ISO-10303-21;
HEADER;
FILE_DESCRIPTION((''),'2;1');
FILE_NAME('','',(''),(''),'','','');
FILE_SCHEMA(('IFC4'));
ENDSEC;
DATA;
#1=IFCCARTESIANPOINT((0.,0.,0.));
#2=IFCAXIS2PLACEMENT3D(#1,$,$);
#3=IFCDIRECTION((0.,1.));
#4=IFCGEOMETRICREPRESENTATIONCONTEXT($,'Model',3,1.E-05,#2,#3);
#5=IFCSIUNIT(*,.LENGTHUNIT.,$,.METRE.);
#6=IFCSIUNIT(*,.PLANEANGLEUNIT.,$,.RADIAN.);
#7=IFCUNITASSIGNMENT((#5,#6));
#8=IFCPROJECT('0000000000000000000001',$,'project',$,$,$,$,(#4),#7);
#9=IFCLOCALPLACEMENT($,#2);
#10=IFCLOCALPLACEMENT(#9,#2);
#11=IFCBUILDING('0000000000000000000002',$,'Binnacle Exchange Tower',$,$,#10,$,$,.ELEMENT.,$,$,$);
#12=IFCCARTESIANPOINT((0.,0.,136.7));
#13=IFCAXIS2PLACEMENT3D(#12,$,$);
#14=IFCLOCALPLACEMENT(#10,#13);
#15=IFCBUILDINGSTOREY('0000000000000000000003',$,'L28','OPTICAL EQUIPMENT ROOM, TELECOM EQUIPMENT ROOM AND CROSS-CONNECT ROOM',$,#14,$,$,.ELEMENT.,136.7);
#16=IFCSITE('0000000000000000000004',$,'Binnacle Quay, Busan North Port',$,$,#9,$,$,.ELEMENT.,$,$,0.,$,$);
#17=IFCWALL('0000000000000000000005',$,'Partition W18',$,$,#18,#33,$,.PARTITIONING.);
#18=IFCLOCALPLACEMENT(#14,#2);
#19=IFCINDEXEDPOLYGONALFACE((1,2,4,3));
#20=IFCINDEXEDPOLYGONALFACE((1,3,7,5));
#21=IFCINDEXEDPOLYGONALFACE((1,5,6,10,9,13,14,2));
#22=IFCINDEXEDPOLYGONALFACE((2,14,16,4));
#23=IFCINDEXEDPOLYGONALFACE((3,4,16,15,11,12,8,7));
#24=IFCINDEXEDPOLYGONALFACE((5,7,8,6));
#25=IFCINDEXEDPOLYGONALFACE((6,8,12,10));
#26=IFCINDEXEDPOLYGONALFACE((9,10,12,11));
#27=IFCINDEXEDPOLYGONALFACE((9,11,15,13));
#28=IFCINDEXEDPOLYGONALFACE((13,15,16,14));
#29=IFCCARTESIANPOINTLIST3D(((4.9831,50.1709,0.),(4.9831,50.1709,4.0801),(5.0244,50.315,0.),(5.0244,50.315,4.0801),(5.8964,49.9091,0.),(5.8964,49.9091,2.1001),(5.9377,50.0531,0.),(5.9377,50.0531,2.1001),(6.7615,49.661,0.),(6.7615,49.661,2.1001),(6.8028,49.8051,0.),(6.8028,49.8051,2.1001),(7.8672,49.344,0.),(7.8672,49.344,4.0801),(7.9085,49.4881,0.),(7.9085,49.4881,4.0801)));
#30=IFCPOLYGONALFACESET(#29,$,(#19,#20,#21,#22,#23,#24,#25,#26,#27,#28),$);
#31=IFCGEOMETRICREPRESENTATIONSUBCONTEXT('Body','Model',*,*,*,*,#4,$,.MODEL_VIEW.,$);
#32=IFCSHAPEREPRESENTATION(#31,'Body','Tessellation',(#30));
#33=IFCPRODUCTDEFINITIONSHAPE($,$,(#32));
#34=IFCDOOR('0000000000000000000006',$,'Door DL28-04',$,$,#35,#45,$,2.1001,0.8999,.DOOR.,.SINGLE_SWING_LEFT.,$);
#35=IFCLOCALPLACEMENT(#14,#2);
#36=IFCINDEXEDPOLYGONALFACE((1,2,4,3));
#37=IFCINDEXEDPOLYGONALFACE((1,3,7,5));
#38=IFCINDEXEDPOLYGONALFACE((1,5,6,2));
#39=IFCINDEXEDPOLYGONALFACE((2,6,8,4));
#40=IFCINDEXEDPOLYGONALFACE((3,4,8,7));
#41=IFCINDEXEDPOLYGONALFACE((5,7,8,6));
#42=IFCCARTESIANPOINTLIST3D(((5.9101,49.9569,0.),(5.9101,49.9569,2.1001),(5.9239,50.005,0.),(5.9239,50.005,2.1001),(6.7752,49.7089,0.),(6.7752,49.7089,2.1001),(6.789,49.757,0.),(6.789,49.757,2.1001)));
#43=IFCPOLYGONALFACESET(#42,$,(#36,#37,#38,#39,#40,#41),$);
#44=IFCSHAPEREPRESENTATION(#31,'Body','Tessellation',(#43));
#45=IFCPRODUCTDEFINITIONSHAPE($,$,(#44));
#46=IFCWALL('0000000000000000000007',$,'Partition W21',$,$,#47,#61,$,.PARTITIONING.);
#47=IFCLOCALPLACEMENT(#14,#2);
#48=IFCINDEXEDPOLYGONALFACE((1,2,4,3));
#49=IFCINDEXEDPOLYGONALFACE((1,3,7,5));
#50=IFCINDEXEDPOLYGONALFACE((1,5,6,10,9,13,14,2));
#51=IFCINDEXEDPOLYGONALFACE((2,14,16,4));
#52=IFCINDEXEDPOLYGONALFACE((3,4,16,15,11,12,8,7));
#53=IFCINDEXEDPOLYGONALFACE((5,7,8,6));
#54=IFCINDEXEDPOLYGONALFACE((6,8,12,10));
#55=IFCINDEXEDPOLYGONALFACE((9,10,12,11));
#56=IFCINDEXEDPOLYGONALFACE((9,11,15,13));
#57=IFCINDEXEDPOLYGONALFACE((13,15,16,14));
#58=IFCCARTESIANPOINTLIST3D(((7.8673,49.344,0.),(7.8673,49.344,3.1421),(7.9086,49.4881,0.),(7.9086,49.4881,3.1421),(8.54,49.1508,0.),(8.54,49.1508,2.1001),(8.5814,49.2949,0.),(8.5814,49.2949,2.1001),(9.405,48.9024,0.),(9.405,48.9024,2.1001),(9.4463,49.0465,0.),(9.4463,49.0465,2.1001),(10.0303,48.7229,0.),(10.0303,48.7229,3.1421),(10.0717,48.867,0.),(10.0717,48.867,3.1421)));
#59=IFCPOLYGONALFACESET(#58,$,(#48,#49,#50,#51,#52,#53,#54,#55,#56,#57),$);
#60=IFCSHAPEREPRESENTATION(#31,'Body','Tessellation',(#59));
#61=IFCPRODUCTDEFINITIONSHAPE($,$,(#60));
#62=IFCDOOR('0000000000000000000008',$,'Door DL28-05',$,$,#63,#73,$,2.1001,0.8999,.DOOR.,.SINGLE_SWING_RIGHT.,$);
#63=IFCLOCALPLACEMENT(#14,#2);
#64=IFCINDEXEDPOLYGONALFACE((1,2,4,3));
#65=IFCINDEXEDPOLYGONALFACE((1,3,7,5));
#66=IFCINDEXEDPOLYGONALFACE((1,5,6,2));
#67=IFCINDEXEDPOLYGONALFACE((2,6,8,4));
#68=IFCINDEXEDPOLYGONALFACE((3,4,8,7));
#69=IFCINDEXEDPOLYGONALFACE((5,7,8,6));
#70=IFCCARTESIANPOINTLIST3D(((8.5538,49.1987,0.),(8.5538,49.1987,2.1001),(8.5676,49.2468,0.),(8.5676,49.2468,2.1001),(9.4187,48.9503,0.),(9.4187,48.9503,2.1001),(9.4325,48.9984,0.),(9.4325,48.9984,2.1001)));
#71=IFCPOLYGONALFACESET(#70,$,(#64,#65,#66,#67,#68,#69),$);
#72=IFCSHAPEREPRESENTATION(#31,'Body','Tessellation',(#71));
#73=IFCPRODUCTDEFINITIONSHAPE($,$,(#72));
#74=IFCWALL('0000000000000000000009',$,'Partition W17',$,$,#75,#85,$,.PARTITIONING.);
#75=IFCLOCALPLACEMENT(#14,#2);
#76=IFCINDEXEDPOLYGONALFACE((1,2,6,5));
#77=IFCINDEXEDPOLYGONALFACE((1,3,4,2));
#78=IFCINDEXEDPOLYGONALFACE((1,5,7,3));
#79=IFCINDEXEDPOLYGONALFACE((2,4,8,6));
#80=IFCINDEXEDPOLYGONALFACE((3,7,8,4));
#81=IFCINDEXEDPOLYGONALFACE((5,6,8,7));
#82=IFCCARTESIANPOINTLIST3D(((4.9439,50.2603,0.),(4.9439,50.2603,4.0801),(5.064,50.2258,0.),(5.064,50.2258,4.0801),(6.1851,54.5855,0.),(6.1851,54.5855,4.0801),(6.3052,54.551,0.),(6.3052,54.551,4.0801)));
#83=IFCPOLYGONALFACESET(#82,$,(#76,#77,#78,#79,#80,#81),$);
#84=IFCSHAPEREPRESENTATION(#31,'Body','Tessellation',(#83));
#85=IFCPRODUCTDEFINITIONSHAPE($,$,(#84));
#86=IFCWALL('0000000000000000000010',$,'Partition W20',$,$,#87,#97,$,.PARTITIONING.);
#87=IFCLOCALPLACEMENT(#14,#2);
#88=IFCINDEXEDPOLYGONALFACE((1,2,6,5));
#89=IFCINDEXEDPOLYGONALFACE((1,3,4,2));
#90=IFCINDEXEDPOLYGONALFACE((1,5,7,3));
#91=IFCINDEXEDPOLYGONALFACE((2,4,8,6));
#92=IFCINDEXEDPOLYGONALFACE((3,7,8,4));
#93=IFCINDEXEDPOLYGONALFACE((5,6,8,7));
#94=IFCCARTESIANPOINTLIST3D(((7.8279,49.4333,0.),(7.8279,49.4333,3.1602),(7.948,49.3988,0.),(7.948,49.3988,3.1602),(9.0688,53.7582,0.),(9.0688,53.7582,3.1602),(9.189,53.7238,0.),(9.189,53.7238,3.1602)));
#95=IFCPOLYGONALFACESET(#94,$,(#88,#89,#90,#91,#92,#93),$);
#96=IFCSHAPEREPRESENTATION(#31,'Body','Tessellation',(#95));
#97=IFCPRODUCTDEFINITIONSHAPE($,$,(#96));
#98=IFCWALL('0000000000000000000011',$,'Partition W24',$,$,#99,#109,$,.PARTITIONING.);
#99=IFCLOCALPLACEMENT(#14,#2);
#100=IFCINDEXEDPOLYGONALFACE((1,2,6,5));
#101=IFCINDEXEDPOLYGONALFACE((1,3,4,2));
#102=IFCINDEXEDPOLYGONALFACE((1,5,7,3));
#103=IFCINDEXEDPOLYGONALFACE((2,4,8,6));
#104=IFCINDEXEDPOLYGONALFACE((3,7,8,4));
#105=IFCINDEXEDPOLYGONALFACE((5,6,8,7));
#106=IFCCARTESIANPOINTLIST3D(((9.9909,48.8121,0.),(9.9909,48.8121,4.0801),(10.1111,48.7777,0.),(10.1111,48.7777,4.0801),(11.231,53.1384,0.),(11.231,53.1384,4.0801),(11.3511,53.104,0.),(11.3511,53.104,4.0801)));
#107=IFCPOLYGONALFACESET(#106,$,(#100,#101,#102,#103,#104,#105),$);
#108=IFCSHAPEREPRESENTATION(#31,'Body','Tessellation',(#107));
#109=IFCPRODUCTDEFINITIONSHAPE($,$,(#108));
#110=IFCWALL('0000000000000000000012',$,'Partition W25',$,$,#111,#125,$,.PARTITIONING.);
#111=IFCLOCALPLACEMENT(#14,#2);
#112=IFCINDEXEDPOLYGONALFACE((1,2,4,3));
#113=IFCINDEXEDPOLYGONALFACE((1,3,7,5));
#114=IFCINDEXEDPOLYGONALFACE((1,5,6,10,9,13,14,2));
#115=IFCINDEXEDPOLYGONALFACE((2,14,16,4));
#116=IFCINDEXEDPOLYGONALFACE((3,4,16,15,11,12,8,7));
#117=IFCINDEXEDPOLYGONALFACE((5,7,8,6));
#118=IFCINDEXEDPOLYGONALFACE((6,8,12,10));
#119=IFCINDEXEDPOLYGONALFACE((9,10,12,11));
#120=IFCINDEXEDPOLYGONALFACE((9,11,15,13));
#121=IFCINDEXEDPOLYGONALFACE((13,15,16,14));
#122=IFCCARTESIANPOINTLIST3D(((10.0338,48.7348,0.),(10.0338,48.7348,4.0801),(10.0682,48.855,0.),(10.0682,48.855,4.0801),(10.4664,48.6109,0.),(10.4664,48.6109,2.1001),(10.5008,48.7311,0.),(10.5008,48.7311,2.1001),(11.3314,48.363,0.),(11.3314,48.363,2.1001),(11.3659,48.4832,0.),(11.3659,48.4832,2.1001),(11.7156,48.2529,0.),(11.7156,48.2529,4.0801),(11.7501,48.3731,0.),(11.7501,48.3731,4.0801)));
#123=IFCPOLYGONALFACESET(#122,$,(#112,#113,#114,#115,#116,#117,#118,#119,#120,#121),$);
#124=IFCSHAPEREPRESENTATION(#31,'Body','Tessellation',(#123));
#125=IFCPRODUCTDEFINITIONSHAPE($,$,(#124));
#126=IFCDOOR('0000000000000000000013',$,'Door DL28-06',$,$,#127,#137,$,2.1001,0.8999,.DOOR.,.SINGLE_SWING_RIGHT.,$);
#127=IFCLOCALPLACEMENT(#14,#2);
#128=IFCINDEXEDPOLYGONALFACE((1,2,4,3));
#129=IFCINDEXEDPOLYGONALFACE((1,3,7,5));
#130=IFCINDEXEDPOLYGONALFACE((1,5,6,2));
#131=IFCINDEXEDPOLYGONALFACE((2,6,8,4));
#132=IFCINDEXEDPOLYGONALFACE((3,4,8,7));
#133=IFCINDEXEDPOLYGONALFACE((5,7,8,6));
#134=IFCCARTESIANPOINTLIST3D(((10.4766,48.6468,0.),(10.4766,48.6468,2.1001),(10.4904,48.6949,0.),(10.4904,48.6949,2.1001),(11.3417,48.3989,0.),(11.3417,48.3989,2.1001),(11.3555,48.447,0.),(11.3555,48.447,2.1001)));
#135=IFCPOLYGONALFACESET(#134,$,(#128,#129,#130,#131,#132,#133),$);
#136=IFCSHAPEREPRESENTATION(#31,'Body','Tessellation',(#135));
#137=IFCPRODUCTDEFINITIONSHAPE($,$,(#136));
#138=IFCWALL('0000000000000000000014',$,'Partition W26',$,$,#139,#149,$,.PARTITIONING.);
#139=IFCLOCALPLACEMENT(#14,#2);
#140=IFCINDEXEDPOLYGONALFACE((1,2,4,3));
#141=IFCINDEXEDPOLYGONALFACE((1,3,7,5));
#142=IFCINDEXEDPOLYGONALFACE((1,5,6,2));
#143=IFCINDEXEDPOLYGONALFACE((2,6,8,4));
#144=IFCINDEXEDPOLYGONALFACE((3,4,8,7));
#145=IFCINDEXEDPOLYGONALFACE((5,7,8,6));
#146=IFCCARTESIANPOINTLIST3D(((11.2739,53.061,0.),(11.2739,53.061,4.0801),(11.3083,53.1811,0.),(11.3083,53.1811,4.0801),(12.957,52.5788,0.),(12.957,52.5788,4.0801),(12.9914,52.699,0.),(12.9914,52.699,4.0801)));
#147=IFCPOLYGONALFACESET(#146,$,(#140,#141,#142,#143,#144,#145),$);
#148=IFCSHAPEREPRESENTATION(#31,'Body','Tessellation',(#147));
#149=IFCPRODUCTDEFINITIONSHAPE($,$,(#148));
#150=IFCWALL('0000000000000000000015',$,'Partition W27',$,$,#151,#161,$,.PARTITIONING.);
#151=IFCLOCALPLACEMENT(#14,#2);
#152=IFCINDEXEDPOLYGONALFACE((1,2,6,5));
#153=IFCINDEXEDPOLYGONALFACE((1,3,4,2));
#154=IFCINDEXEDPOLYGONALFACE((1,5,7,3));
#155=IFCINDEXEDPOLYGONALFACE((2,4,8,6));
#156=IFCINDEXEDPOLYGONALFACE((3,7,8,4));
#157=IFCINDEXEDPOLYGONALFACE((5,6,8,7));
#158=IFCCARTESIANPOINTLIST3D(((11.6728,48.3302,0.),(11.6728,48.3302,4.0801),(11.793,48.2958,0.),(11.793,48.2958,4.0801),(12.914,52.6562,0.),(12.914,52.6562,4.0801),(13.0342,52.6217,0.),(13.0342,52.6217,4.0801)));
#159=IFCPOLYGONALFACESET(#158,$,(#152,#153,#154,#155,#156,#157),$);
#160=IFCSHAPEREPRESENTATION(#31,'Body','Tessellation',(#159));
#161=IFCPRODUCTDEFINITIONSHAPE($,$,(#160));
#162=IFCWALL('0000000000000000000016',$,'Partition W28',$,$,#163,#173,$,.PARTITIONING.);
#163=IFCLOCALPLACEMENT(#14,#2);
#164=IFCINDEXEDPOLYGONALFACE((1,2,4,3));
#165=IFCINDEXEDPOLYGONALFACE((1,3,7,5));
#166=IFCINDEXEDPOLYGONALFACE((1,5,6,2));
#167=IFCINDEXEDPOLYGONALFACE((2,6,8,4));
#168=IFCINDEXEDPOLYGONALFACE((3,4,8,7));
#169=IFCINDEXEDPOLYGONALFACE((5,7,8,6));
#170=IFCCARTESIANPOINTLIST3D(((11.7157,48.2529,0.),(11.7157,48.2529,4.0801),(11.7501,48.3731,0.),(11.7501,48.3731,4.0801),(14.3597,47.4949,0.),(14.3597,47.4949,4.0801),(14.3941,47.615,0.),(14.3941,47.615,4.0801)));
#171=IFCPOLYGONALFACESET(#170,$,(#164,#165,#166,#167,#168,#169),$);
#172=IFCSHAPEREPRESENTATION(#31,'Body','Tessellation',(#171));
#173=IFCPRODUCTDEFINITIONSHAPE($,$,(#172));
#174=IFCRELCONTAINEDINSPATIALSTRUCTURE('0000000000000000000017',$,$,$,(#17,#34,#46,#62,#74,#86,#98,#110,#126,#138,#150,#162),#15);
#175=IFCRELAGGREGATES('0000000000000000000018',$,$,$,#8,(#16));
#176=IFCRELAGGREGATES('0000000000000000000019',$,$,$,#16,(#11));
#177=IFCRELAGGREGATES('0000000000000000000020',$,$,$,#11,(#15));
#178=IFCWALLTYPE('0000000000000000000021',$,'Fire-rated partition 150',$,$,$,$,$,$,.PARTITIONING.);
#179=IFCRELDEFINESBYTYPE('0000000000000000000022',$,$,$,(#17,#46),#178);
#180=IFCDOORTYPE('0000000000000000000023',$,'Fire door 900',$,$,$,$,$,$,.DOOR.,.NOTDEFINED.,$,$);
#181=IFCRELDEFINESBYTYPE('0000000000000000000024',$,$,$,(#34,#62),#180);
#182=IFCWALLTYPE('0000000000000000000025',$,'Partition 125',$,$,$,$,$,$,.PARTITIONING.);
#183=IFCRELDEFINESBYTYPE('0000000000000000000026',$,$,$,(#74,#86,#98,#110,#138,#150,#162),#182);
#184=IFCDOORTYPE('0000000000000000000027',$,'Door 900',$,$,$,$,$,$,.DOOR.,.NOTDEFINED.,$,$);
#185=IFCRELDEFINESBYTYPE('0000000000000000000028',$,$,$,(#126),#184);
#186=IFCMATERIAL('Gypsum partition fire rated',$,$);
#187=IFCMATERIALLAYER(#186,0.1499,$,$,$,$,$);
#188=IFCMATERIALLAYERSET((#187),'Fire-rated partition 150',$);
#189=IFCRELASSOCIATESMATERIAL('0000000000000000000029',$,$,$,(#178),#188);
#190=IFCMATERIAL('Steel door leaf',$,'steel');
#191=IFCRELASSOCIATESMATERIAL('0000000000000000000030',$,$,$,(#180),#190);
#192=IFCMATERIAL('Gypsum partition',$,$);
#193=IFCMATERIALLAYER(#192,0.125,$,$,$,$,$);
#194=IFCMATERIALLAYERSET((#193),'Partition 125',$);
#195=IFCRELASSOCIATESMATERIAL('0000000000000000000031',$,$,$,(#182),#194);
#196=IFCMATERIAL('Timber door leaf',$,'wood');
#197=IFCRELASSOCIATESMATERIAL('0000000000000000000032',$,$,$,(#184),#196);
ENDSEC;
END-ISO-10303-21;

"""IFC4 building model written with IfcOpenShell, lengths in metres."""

from ifc_helpers import new_model, si_unit, direction, frame, frame_2d, origin, place, context, subcontext, project, spatial, rectangle, extrude, material, layer, layer_set, type_object, element, fill, save


model = new_model("IFC4")

# Units and contexts
model_context = context("Model", 3, precision=1e-05, world=origin(), true_north=direction((0.0, 1.0)))
body_context = subcontext(model_context, "Body", "Model", "MODEL_VIEW")
ifc_project = project(units=[si_unit("LENGTHUNIT", "METRE"), si_unit("PLANEANGLEUNIT", "RADIAN")], contexts=[model_context])

# Site, building, storey
site_placement = place(None, origin())
site = spatial("IfcSite", under=ifc_project, at=site_placement, Name="Binnacle Quay, Busan North Port", CompositionType="ELEMENT", RefElevation=0.0)
building_placement = place(site_placement, origin())
building = spatial("IfcBuilding", under=site, at=building_placement, Name="Binnacle Exchange Tower", CompositionType="ELEMENT")
storey_placement = place(building_placement, frame((0.0, 0.0, 136.7)))
storey = spatial("IfcBuildingStorey", under=building, at=storey_placement, Name="L28", Description="OPTICAL EQUIPMENT ROOM, TELECOM EQUIPMENT ROOM AND CROSS-CONNECT ROOM", CompositionType="ELEMENT", Elevation=136.7)

# Shared definitions
ifc_material_1 = material(Name="Gypsum partition fire rated")
ifc_layer_1 = layer(ifc_material_1, 0.1499)
ifc_layer_set_1 = layer_set([ifc_layer_1], Name="Fire-rated partition 150")
wall_type_1 = type_object("IfcWallType", Name="Fire-rated partition 150", PredefinedType="PARTITIONING", material=ifc_layer_set_1)

# Shared definitions
ifc_material_2 = material(Name="Steel door leaf", Category="steel")
door_type_1 = type_object("IfcDoorType", Name="Fire door 900", OperationType="NOTDEFINED", PredefinedType="DOOR", material=ifc_material_2)

# Walls, openings, doors
wall_1_placement = place(storey_placement, frame((5.0039, 50.2429, 0.0), z_axis=(0.0, 0.0, 1.0), x_axis=(0.961269, -0.275613, 0.0)))
wall_1 = element("IfcWall", 1, at=wall_1_placement, inside=storey, type_object=wall_type_1, Name="Partition W18", PredefinedType="PARTITIONING", context=body_context, shape_type="SweptSolid", body=[
    extrude(rectangle(XDim=3.0002, YDim=0.1499, at=frame_2d((1.5, 0.0))), origin(), (0.0, 0.0, 1.0), 4.0801),
])
opening_1_placement = place(wall_1_placement, frame((0.95, 0.0, 0.0)))
opening_1 = element("IfcOpeningElement", 2, at=opening_1_placement, cuts=wall_1, PredefinedType="OPENING", context=body_context, shape_type="SweptSolid", body=[
    extrude(rectangle(XDim=0.8999, YDim=2.1001, at=frame_2d((0.45, 1.05))), frame((0.0, 0.085, 0.0), z_axis=(0.0, -1.0, 0.0), x_axis=(1.0, 0.0, 0.0)), (0.0, 0.0, 1.0), 0.1699),
])
door_1_placement = place(opening_1_placement, origin())
door_1 = element("IfcDoor", 3, at=door_1_placement, inside=storey, type_object=door_type_1, Name="Door DL28-04", OperationType="SINGLE_SWING_LEFT", OverallHeight=2.1001, OverallWidth=0.8999, PredefinedType="DOOR", context=body_context, shape_type="SweptSolid", body=[
    extrude(rectangle(XDim=0.8999, YDim=2.1001, at=frame_2d((0.45, 1.05))), frame((0.0, 0.0249, 0.0), z_axis=(0.0, -1.0, 0.0), x_axis=(1.0, 0.0, 0.0)), (0.0, 0.0, 1.0), 0.05),
])
fill(opening_1, door_1)
wall_2_placement = place(storey_placement, frame((7.8879, 49.416, 0.0), z_axis=(0.0, 0.0, 1.0), x_axis=(0.961163, -0.275982, 0.0)))
wall_2 = element("IfcWall", 4, at=wall_2_placement, inside=storey, type_object=wall_type_1, Name="Partition W21", PredefinedType="PARTITIONING", context=body_context, shape_type="SweptSolid", body=[
    extrude(rectangle(XDim=2.2505, YDim=0.1499, at=frame_2d((1.1252, 0.0))), origin(), (0.0, 0.0, 1.0), 3.1421),
])
opening_2_placement = place(wall_2_placement, frame((0.7, 0.0, 0.0)))
opening_2 = element("IfcOpeningElement", 5, at=opening_2_placement, cuts=wall_2, PredefinedType="OPENING", context=body_context, shape_type="SweptSolid", body=[
    extrude(rectangle(XDim=0.8999, YDim=2.1001, at=frame_2d((0.45, 1.05))), frame((0.0, 0.085, 0.0), z_axis=(0.0, -1.0, 0.0), x_axis=(1.0, 0.0, 0.0)), (0.0, 0.0, 1.0), 0.1699),
])
door_2_placement = place(opening_2_placement, origin())
door_2 = element("IfcDoor", 6, at=door_2_placement, inside=storey, type_object=door_type_1, Name="Door DL28-05", OperationType="SINGLE_SWING_RIGHT", OverallHeight=2.1001, OverallWidth=0.8999, PredefinedType="DOOR", context=body_context, shape_type="SweptSolid", body=[
    extrude(rectangle(XDim=0.8999, YDim=2.1001, at=frame_2d((0.45, 1.05))), frame((0.0, 0.0249, 0.0), z_axis=(0.0, -1.0, 0.0), x_axis=(1.0, 0.0, 0.0)), (0.0, 0.0, 1.0), 0.05),
])
fill(opening_2, door_2)

# Walls
ifc_material_3 = material(Name="Gypsum partition")
ifc_layer_2 = layer(ifc_material_3, 0.125)
ifc_layer_set_2 = layer_set([ifc_layer_2], Name="Partition 125")
wall_type_2 = type_object("IfcWallType", Name="Partition 125", PredefinedType="PARTITIONING", material=ifc_layer_set_2)
wall_3_placement = place(storey_placement, frame((5.0039, 50.2429, 0.0), z_axis=(0.0, 0.0, 1.0), x_axis=(0.275839, 0.961204, 0.0)))
element("IfcWall", 7, at=wall_3_placement, inside=storey, type_object=wall_type_2, Name="Partition W17", PredefinedType="PARTITIONING", context=body_context, shape_type="SweptSolid", body=[
    extrude(rectangle(XDim=4.4998, YDim=0.125, at=frame_2d((2.25, 0.0))), origin(), (0.0, 0.0, 1.0), 4.0801),
])
wall_4_placement = place(storey_placement, frame((7.8879, 49.416, 0.0), z_axis=(0.0, 0.0, 1.0), x_axis=(0.275803, 0.961214, 0.0)))
element("IfcWall", 8, at=wall_4_placement, inside=storey, type_object=wall_type_2, Name="Partition W20", PredefinedType="PARTITIONING", context=body_context, shape_type="SweptSolid", body=[
    extrude(rectangle(XDim=4.4995, YDim=0.125, at=frame_2d((2.2498, 0.0))), origin(), (0.0, 0.0, 1.0), 3.1602),
])
wall_5_placement = place(storey_placement, frame((10.051, 48.7949, 0.0), z_axis=(0.0, 0.0, 1.0), x_axis=(0.275531, 0.961292, 0.0)))
element("IfcWall", 9, at=wall_5_placement, inside=storey, type_object=wall_type_2, Name="Partition W24", PredefinedType="PARTITIONING", context=body_context, shape_type="SweptSolid", body=[
    extrude(rectangle(XDim=4.5005, YDim=0.125, at=frame_2d((2.2502, 0.0))), origin(), (0.0, 0.0, 1.0), 4.0801),
])

# Wall, opening, door
wall_6_placement = place(storey_placement, frame((10.051, 48.7949, 0.0), z_axis=(0.0, 0.0, 1.0), x_axis=(0.961313, -0.275458, 0.0)))
wall_6 = element("IfcWall", 10, at=wall_6_placement, inside=storey, type_object=wall_type_2, Name="Partition W25", PredefinedType="PARTITIONING", context=body_context, shape_type="SweptSolid", body=[
    extrude(rectangle(XDim=1.7495, YDim=0.125, at=frame_2d((0.8748, 0.0))), origin(), (0.0, 0.0, 1.0), 4.0801),
])
opening_3_placement = place(wall_6_placement, frame((0.45, 0.0, 0.0)))
opening_3 = element("IfcOpeningElement", 11, at=opening_3_placement, cuts=wall_6, PredefinedType="OPENING", context=body_context, shape_type="SweptSolid", body=[
    extrude(rectangle(XDim=0.8999, YDim=2.1001, at=frame_2d((0.45, 1.05))), frame((0.0, 0.0725, 0.0), z_axis=(0.0, -1.0, 0.0), x_axis=(1.0, 0.0, 0.0)), (0.0, 0.0, 1.0), 0.145),
])
ifc_material_4 = material(Name="Timber door leaf", Category="wood")
door_type_2 = type_object("IfcDoorType", Name="Door 900", OperationType="NOTDEFINED", PredefinedType="DOOR", material=ifc_material_4)
door_3_placement = place(opening_3_placement, origin())
door_3 = element("IfcDoor", 12, at=door_3_placement, inside=storey, type_object=door_type_2, Name="Door DL28-06", OperationType="SINGLE_SWING_RIGHT", OverallHeight=2.1001, OverallWidth=0.8999, PredefinedType="DOOR", context=body_context, shape_type="SweptSolid", body=[
    extrude(rectangle(XDim=0.8999, YDim=2.1001, at=frame_2d((0.45, 1.05))), frame((0.0, 0.0249, 0.0), z_axis=(0.0, -1.0, 0.0), x_axis=(1.0, 0.0, 0.0)), (0.0, 0.0, 1.0), 0.05),
])
fill(opening_3, door_3)

# Walls
wall_7_placement = place(storey_placement, frame((11.291, 53.1211, 0.0), z_axis=(0.0, 0.0, 1.0), x_axis=(0.961329, -0.275402, 0.0)))
element("IfcWall", 13, at=wall_7_placement, inside=storey, type_object=wall_type_2, Name="Partition W26", PredefinedType="PARTITIONING", context=body_context, shape_type="SweptSolid", body=[
    extrude(rectangle(XDim=1.7507, YDim=0.125, at=frame_2d((0.8755, 0.0))), origin(), (0.0, 0.0, 1.0), 4.0801),
])
wall_8_placement = place(storey_placement, frame((11.7329, 48.313, 0.0), z_axis=(0.0, 0.0, 1.0), x_axis=(0.275796, 0.961216, 0.0)))
element("IfcWall", 14, at=wall_8_placement, inside=storey, type_object=wall_type_2, Name="Partition W27", PredefinedType="PARTITIONING", context=body_context, shape_type="SweptSolid", body=[
    extrude(rectangle(XDim=4.5005, YDim=0.125, at=frame_2d((2.2502, 0.0))), origin(), (0.0, 0.0, 1.0), 4.0801),
])
wall_9_placement = place(storey_placement, frame((11.7329, 48.313, 0.0), z_axis=(0.0, 0.0, 1.0), x_axis=(0.961272, -0.2756, 0.0)))
element("IfcWall", 15, at=wall_9_placement, inside=storey, type_object=wall_type_2, Name="Partition W28", PredefinedType="PARTITIONING", context=body_context, shape_type="SweptSolid", body=[
    extrude(rectangle(XDim=2.7505, YDim=0.125, at=frame_2d((1.3752, 0.0))), origin(), (0.0, 0.0, 1.0), 4.0801),
])

save(model, "model.ifc")
